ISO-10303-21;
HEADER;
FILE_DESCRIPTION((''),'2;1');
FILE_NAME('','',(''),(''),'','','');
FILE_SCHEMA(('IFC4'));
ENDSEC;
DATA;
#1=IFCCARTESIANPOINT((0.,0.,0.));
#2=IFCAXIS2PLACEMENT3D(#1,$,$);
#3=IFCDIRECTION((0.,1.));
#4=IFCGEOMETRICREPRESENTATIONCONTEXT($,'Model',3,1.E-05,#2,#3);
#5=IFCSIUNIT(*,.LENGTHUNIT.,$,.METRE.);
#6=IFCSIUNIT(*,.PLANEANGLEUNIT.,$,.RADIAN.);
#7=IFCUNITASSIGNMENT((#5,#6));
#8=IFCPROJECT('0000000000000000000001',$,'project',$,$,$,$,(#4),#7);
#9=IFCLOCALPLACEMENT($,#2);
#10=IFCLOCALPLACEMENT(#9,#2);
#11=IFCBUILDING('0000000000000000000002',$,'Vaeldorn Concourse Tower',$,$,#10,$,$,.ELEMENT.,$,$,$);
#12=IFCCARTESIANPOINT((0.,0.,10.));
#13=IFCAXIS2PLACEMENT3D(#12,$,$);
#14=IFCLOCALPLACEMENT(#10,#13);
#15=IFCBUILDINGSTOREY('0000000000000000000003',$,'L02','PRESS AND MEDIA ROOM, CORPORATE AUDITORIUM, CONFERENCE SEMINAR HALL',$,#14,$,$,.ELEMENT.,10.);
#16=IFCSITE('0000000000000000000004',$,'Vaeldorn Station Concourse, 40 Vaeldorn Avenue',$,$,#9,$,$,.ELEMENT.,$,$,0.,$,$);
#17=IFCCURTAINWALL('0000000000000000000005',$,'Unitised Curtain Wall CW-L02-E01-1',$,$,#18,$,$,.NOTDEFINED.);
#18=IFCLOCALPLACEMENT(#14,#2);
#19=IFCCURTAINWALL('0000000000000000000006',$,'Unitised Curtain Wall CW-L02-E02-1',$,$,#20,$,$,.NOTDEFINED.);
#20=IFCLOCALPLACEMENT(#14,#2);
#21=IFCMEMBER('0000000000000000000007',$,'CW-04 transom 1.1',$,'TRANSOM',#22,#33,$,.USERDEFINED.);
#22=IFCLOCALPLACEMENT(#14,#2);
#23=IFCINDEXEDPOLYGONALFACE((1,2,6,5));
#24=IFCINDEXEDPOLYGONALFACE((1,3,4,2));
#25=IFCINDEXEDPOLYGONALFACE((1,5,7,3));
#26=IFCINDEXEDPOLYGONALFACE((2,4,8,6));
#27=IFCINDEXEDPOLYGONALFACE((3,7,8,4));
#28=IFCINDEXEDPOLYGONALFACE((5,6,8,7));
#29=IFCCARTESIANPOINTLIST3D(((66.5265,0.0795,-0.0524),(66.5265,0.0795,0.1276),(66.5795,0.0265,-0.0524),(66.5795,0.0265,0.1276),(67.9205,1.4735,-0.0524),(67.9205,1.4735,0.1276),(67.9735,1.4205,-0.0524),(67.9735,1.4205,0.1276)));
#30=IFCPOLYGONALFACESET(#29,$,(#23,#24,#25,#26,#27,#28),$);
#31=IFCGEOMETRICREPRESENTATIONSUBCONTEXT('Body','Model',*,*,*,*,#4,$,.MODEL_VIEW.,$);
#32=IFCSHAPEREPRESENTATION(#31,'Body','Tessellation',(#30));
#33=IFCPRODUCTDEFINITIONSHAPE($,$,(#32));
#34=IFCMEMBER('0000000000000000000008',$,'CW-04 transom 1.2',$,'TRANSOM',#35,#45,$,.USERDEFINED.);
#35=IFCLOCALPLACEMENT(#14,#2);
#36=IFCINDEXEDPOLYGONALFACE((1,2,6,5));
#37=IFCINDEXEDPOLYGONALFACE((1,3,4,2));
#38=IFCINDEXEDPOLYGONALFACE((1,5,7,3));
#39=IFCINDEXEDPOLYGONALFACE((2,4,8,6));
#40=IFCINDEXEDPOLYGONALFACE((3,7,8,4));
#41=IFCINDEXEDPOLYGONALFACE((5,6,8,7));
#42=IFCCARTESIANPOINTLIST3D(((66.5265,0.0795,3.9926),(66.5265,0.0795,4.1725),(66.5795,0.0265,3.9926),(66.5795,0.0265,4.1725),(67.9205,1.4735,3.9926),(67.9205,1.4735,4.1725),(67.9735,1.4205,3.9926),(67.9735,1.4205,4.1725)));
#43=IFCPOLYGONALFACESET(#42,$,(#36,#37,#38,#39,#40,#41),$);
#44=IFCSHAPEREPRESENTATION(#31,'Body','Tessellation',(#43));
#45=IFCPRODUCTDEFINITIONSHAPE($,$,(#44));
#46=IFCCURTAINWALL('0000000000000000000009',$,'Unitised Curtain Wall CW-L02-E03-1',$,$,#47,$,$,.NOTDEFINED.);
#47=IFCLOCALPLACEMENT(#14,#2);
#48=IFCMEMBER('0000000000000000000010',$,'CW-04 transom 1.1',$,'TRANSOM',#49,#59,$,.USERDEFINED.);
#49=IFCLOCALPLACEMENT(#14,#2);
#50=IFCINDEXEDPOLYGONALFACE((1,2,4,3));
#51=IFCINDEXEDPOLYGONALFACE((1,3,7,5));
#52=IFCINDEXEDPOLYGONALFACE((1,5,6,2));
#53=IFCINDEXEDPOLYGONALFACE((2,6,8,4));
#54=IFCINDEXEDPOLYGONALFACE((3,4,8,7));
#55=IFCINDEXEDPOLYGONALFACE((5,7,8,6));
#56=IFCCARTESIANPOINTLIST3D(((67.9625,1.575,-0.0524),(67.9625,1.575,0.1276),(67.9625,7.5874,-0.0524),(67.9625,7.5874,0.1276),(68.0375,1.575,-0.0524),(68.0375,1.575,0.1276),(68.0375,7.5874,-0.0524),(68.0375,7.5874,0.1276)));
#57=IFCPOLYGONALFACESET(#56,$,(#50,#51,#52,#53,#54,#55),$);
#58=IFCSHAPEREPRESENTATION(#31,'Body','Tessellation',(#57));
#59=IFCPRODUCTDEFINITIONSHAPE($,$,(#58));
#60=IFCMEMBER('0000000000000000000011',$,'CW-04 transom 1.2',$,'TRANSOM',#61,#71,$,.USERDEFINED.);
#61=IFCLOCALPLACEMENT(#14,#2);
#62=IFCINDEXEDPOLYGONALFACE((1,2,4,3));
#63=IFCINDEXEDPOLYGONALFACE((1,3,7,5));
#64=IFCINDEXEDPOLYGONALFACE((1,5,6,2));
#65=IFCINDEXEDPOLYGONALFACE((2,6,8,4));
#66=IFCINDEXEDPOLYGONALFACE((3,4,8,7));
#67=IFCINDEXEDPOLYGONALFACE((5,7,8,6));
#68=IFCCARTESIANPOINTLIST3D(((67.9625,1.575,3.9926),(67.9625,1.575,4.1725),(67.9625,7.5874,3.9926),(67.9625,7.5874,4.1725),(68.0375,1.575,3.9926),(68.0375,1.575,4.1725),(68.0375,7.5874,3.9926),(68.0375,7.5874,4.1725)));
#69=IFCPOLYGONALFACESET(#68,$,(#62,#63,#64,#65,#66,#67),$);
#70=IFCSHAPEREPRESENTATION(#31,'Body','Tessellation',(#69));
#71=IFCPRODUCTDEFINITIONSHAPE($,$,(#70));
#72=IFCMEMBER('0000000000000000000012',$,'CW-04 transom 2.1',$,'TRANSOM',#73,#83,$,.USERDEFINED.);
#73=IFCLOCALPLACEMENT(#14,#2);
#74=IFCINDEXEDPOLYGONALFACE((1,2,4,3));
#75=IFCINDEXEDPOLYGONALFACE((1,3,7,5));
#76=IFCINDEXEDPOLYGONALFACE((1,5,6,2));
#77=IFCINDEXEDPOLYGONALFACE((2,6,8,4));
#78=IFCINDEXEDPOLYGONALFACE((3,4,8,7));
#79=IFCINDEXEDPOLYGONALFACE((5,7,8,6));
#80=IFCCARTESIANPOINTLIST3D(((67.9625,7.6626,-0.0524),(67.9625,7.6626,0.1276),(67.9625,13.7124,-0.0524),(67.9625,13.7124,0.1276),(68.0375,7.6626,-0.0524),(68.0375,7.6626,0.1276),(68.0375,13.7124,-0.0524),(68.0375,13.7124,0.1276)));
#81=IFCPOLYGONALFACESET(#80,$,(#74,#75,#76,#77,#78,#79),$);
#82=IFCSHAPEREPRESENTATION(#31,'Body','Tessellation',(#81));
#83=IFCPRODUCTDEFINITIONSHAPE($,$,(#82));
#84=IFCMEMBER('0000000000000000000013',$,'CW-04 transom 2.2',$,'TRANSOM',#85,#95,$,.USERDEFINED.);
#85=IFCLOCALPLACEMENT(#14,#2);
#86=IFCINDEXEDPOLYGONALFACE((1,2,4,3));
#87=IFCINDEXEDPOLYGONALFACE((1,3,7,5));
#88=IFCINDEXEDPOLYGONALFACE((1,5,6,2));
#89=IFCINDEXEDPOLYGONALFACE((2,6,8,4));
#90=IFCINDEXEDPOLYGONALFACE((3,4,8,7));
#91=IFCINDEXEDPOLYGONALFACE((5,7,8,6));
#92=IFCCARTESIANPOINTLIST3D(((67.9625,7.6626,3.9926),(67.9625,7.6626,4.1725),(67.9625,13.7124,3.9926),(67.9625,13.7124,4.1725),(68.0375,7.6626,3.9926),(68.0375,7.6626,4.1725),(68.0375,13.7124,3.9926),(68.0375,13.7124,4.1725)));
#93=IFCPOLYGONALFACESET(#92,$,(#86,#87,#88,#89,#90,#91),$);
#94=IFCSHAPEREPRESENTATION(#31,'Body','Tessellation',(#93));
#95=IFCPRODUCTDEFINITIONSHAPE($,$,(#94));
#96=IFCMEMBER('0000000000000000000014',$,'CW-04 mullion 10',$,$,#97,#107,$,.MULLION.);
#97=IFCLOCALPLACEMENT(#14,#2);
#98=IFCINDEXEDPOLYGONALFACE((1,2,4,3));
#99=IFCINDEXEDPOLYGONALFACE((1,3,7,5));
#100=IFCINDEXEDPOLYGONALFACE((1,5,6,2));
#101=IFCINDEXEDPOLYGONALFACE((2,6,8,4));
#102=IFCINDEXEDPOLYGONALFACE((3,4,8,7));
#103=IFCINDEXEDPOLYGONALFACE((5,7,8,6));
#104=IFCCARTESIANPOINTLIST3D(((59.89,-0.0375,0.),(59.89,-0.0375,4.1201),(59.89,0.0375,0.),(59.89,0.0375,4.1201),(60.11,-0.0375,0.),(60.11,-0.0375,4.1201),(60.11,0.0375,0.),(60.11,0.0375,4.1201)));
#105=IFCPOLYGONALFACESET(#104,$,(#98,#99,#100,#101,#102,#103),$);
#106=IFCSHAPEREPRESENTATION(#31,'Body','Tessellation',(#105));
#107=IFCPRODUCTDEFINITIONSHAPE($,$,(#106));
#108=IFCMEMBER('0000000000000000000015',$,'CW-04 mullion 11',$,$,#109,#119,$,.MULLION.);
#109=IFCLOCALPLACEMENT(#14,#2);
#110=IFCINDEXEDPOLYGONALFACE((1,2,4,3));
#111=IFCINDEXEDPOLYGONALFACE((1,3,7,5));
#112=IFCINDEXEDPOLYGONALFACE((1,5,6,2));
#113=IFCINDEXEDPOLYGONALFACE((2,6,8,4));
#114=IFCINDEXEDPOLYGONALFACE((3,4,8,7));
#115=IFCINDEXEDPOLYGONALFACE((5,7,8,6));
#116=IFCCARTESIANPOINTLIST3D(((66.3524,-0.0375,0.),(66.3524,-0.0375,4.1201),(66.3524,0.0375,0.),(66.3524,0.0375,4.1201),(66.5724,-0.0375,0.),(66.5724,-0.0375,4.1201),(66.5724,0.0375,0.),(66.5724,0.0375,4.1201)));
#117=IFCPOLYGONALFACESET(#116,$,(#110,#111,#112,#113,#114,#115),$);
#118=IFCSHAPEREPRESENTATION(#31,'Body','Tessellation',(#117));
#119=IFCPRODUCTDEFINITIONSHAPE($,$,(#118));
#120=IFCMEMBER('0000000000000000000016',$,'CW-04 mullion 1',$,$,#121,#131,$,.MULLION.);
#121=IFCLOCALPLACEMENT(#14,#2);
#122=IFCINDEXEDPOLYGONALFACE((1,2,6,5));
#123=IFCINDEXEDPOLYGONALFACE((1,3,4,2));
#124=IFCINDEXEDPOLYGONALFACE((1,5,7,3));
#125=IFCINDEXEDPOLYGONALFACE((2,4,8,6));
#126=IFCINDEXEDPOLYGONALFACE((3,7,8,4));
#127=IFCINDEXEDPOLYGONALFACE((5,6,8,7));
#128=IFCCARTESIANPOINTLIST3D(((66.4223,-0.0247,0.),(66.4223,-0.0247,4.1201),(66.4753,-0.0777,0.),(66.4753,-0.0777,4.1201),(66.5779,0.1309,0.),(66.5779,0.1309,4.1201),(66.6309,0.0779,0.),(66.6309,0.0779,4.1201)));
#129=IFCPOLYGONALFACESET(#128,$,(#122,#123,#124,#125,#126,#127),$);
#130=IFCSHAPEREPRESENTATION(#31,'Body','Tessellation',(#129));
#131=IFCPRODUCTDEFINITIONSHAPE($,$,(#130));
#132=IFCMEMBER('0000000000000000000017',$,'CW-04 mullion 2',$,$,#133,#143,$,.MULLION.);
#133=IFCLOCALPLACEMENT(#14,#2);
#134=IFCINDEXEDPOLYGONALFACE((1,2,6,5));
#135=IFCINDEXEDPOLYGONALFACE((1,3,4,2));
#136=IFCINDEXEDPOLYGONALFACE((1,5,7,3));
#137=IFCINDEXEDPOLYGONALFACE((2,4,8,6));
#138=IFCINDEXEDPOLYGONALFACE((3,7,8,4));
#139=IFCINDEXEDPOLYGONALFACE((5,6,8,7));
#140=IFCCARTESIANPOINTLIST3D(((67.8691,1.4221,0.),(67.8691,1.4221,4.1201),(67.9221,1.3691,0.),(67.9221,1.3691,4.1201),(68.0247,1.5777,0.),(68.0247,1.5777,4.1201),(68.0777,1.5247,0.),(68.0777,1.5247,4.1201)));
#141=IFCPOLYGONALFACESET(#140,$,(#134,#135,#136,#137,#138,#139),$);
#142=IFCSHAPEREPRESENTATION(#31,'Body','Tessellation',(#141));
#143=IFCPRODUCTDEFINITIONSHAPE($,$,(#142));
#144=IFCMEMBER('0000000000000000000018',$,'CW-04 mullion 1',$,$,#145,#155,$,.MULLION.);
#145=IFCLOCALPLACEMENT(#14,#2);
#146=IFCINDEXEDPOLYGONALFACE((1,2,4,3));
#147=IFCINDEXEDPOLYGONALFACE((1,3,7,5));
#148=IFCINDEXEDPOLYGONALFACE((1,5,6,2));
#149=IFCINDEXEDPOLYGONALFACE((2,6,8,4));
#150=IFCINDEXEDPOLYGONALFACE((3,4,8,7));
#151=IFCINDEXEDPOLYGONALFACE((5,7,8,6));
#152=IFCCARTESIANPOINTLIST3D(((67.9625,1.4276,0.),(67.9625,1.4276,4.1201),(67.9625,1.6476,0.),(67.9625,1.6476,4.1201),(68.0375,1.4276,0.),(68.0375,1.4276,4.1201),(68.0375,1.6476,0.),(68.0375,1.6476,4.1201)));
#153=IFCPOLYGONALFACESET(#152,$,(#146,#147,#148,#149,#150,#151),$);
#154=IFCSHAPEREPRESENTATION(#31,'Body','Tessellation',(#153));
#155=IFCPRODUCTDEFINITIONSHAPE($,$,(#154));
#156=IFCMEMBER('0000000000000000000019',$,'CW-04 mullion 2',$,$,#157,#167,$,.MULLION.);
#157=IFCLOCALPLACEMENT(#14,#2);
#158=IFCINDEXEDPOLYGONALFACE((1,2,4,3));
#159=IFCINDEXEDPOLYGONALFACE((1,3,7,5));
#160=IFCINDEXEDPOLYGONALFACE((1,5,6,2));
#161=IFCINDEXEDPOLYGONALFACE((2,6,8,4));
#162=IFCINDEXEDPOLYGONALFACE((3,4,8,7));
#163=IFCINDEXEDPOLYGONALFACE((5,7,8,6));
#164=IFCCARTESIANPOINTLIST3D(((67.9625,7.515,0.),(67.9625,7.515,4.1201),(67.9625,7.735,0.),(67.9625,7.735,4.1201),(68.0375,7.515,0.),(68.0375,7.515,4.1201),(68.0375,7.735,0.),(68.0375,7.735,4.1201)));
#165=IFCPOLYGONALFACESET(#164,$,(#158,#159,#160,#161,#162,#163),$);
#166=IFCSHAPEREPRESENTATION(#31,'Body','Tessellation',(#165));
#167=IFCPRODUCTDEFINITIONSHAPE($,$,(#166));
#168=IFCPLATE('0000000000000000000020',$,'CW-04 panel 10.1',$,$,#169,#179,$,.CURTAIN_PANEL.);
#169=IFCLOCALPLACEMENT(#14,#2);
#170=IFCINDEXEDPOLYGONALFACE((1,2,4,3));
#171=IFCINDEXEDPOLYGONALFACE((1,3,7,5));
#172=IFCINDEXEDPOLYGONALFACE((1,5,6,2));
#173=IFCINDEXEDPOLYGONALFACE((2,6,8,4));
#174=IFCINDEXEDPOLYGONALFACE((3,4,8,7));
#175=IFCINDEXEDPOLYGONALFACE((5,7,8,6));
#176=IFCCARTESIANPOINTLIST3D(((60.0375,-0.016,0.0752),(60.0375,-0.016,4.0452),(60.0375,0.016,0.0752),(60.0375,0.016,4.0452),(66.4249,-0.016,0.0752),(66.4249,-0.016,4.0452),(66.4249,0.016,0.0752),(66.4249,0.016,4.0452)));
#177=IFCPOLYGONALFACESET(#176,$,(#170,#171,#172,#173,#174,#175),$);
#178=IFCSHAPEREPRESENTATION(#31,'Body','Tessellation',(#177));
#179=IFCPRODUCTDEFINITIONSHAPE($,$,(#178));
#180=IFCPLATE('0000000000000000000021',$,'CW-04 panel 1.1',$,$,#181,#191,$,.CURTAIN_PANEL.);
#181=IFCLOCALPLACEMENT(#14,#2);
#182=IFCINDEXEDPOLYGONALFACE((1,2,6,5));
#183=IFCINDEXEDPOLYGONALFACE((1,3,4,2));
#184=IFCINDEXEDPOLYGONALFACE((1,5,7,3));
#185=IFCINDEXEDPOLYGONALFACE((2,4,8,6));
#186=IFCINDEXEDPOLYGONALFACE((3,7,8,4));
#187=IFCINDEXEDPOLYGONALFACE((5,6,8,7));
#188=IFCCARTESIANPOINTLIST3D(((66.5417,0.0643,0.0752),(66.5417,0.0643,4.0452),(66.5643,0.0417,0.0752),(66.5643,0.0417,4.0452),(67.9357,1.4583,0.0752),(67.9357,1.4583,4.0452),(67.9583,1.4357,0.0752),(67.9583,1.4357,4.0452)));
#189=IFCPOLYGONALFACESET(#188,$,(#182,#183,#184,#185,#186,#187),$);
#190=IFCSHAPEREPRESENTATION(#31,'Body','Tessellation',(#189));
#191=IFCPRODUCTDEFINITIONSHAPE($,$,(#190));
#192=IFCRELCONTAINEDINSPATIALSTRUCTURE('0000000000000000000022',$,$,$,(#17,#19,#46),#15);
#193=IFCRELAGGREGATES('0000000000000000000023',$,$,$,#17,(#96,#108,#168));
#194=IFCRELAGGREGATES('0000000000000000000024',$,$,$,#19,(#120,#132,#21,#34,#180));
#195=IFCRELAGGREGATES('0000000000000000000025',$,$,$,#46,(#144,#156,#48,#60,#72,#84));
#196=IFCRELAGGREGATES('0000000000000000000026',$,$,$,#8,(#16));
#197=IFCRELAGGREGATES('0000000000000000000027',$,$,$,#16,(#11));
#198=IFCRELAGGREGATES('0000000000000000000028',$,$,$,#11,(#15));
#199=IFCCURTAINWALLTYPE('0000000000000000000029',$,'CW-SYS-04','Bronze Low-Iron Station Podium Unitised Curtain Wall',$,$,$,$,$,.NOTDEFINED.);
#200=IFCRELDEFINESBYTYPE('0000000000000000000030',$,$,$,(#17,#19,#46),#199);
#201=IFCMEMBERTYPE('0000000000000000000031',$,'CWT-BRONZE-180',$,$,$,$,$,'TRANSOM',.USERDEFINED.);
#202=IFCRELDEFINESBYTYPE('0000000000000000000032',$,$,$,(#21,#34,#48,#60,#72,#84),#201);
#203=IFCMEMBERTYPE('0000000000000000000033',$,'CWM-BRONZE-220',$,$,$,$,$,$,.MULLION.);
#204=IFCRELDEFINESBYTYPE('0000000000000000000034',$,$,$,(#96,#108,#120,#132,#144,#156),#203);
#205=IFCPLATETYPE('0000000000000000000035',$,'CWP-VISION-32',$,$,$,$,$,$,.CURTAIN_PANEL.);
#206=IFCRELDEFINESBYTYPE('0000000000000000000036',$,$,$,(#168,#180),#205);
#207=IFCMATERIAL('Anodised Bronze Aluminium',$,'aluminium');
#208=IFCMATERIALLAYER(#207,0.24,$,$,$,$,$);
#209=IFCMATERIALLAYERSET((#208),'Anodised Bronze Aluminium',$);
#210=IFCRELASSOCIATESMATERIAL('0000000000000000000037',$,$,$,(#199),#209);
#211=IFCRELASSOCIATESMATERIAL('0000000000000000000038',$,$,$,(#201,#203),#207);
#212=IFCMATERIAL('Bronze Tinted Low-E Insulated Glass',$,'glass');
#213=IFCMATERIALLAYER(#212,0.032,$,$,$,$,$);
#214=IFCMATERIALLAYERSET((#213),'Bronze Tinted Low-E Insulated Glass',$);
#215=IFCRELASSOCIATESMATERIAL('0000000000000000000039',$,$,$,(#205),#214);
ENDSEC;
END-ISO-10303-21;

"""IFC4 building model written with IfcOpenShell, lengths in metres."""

from ifc_helpers import new_model, si_unit, direction, frame, origin, origin_2d, place, context, subcontext, project, spatial, rectangle, extrude, source, transform, mapped, material, layer, layer_set, material_profile, profile_set, type_object, element, aggregate, save


model = new_model("IFC4")

# Units and contexts
model_context = context("Model", 3, precision=1e-05, world=origin(), true_north=direction((0.0, 1.0)))
body_context = subcontext(model_context, "Body", "Model", "MODEL_VIEW")
ifc_project = project(units=[si_unit("LENGTHUNIT", "METRE"), si_unit("PLANEANGLEUNIT", "RADIAN")], contexts=[model_context])

# Site, building, storey
site_placement = place(None, origin())
site = spatial("IfcSite", under=ifc_project, at=site_placement, Name="Vaeldorn Station Concourse, 40 Vaeldorn Avenue", CompositionType="ELEMENT", RefElevation=0.0)
building_placement = place(site_placement, origin())
building = spatial("IfcBuilding", under=site, at=building_placement, Name="Vaeldorn Concourse Tower", CompositionType="ELEMENT")
storey_placement = place(building_placement, frame((0.0, 0.0, 10.0)))
storey = spatial("IfcBuildingStorey", under=building, at=storey_placement, Name="L02", Description="PRESS AND MEDIA ROOM, CORPORATE AUDITORIUM, CONFERENCE SEMINAR HALL", CompositionType="ELEMENT", Elevation=10.0)

# Curtain walls, members
ifc_material_1 = material(Name="Anodised Bronze Aluminium", Category="aluminium")
ifc_layer_1 = layer(ifc_material_1, 0.24)
ifc_layer_set_1 = layer_set([ifc_layer_1], Name="Anodised Bronze Aluminium")
curtain_wall_type = type_object("IfcCurtainWallType", Name="CW-SYS-04", Description="Bronze Low-Iron Station Podium Unitised Curtain Wall", PredefinedType="NOTDEFINED", material=ifc_layer_set_1)
curtain_wall_1_placement = place(storey_placement, origin())
curtain_wall_1 = element("IfcCurtainWall", 1, at=curtain_wall_1_placement, inside=storey, type_object=curtain_wall_type, Name="Unitised Curtain Wall CW-L02-E01-1", PredefinedType="NOTDEFINED")
ifc_material_profile_1 = material_profile(ifc_material_1, rectangle(XDim=0.075, YDim=0.1799, at=origin_2d()), Name="CWT 75x180")
ifc_profile_set_1 = profile_set([ifc_material_profile_1], Name="Anodised Bronze Aluminium")
member_type_1 = type_object("IfcMemberType", Name="CWT-BRONZE-180", ElementType="TRANSOM", PredefinedType="USERDEFINED", material=ifc_profile_set_1)
curtain_wall_2_placement = place(storey_placement, origin())
curtain_wall_2 = element("IfcCurtainWall", 2, at=curtain_wall_2_placement, inside=storey, type_object=curtain_wall_type, Name="Unitised Curtain Wall CW-L02-E02-1", PredefinedType="NOTDEFINED")
shared_shape_1 = source(origin(), body_context, "Body", "SweptSolid", [
    extrude(rectangle(XDim=0.075, YDim=0.1799, at=origin_2d()), origin(), (0.0, 0.0, 1.0), 1.9714),
])
member_1_placement = place(storey_placement, frame((66.553, 0.053, 0.0376), z_axis=(0.707107, 0.707107, 0.0), x_axis=(-0.707107, 0.707107, 0.0)))
member_1 = element("IfcMember", 3, at=member_1_placement, type_object=member_type_1, Name="CW-04 transom 1.1", ObjectType="TRANSOM", PredefinedType="USERDEFINED", context=body_context, shape_type="MappedRepresentation", body=[
    mapped(shared_shape_1, transform((0.0, 0.0, 0.0), scale=1.0)),
])
member_2_placement = place(storey_placement, frame((66.553, 0.053, 4.0825), z_axis=(0.707107, 0.707107, 0.0), x_axis=(-0.707107, 0.707107, 0.0)))
member_2 = element("IfcMember", 4, at=member_2_placement, type_object=member_type_1, Name="CW-04 transom 1.2", ObjectType="TRANSOM", PredefinedType="USERDEFINED", context=body_context, shape_type="MappedRepresentation", body=[
    mapped(shared_shape_1, transform((0.0, 0.0, 0.0), scale=1.0)),
])
curtain_wall_3_placement = place(storey_placement, origin())
curtain_wall_3 = element("IfcCurtainWall", 5, at=curtain_wall_3_placement, inside=storey, type_object=curtain_wall_type, Name="Unitised Curtain Wall CW-L02-E03-1", PredefinedType="NOTDEFINED")
shared_shape_2 = source(origin(), body_context, "Body", "SweptSolid", [
    extrude(rectangle(XDim=0.075, YDim=0.1799, at=origin_2d()), origin(), (0.0, 0.0, 1.0), 6.0125),
])
member_3_placement = place(storey_placement, frame((68.0, 1.575, 0.0376), z_axis=(0.0, 1.0, 0.0), x_axis=(-1.0, 0.0, 0.0)))
member_3 = element("IfcMember", 6, at=member_3_placement, type_object=member_type_1, Name="CW-04 transom 1.1", ObjectType="TRANSOM", PredefinedType="USERDEFINED", context=body_context, shape_type="MappedRepresentation", body=[
    mapped(shared_shape_2, transform((0.0, 0.0, 0.0), scale=1.0)),
])
member_4_placement = place(storey_placement, frame((68.0, 1.575, 4.0825), z_axis=(0.0, 1.0, 0.0), x_axis=(-1.0, 0.0, 0.0)))
member_4 = element("IfcMember", 7, at=member_4_placement, type_object=member_type_1, Name="CW-04 transom 1.2", ObjectType="TRANSOM", PredefinedType="USERDEFINED", context=body_context, shape_type="MappedRepresentation", body=[
    mapped(shared_shape_2, transform((0.0, 0.0, 0.0), scale=1.0)),
])
shared_shape_3 = source(origin(), body_context, "Body", "SweptSolid", [
    extrude(rectangle(XDim=0.075, YDim=0.1799, at=origin_2d()), origin(), (0.0, 0.0, 1.0), 6.0498),
])
member_5_placement = place(storey_placement, frame((68.0, 7.6626, 0.0376), z_axis=(0.0, 1.0, 0.0), x_axis=(-1.0, 0.0, 0.0)))
member_5 = element("IfcMember", 8, at=member_5_placement, type_object=member_type_1, Name="CW-04 transom 2.1", ObjectType="TRANSOM", PredefinedType="USERDEFINED", context=body_context, shape_type="MappedRepresentation", body=[
    mapped(shared_shape_3, transform((0.0, 0.0, 0.0), scale=1.0)),
])
member_6_placement = place(storey_placement, frame((68.0, 7.6626, 4.0825), z_axis=(0.0, 1.0, 0.0), x_axis=(-1.0, 0.0, 0.0)))
member_6 = element("IfcMember", 9, at=member_6_placement, type_object=member_type_1, Name="CW-04 transom 2.2", ObjectType="TRANSOM", PredefinedType="USERDEFINED", context=body_context, shape_type="MappedRepresentation", body=[
    mapped(shared_shape_3, transform((0.0, 0.0, 0.0), scale=1.0)),
])

# Members
ifc_material_profile_2 = material_profile(ifc_material_1, rectangle(XDim=0.075, YDim=0.22, at=origin_2d()), Name="CWM 75x220")
ifc_profile_set_2 = profile_set([ifc_material_profile_2], Name="Anodised Bronze Aluminium")
member_type_2 = type_object("IfcMemberType", Name="CWM-BRONZE-220", PredefinedType="MULLION", material=ifc_profile_set_2)
shared_shape_4 = source(origin(), body_context, "Body", "SweptSolid", [
    extrude(rectangle(XDim=0.075, YDim=0.22, at=origin_2d()), origin(), (0.0, 0.0, 1.0), 4.1201),
])
member_7_placement = place(storey_placement, frame((60.0, 0.0, 0.0), z_axis=(0.0, 0.0, 1.0), x_axis=(0.0, 1.0, 0.0)))
member_7 = element("IfcMember", 10, at=member_7_placement, type_object=member_type_2, Name="CW-04 mullion 10", PredefinedType="MULLION", context=body_context, shape_type="MappedRepresentation", body=[
    mapped(shared_shape_4, transform((0.0, 0.0, 0.0), scale=1.0)),
])
member_8_placement = place(storey_placement, frame((66.4624, 0.0, 0.0), z_axis=(0.0, 0.0, 1.0), x_axis=(0.0, 1.0, 0.0)))
member_8 = element("IfcMember", 11, at=member_8_placement, type_object=member_type_2, Name="CW-04 mullion 11", PredefinedType="MULLION", context=body_context, shape_type="MappedRepresentation", body=[
    mapped(shared_shape_4, transform((0.0, 0.0, 0.0), scale=1.0)),
])
member_9_placement = place(storey_placement, frame((66.5266, 0.0266, 0.0), z_axis=(0.0, 0.0, 1.0), x_axis=(-0.707107, 0.707107, 0.0)))
member_9 = element("IfcMember", 12, at=member_9_placement, type_object=member_type_2, Name="CW-04 mullion 1", PredefinedType="MULLION", context=body_context, shape_type="MappedRepresentation", body=[
    mapped(shared_shape_4, transform((0.0, 0.0, 0.0), scale=1.0)),
])
member_10_placement = place(storey_placement, frame((67.9734, 1.4734, 0.0), z_axis=(0.0, 0.0, 1.0), x_axis=(-0.707107, 0.707107, 0.0)))
member_10 = element("IfcMember", 13, at=member_10_placement, type_object=member_type_2, Name="CW-04 mullion 2", PredefinedType="MULLION", context=body_context, shape_type="MappedRepresentation", body=[
    mapped(shared_shape_4, transform((0.0, 0.0, 0.0), scale=1.0)),
])
member_11_placement = place(storey_placement, frame((68.0, 1.5376, 0.0), z_axis=(0.0, 0.0, 1.0), x_axis=(-1.0, 0.0, 0.0)))
member_11 = element("IfcMember", 14, at=member_11_placement, type_object=member_type_2, Name="CW-04 mullion 1", PredefinedType="MULLION", context=body_context, shape_type="MappedRepresentation", body=[
    mapped(shared_shape_4, transform((0.0, 0.0, 0.0), scale=1.0)),
])
member_12_placement = place(storey_placement, frame((68.0, 7.625, 0.0), z_axis=(0.0, 0.0, 1.0), x_axis=(-1.0, 0.0, 0.0)))
member_12 = element("IfcMember", 15, at=member_12_placement, type_object=member_type_2, Name="CW-04 mullion 2", PredefinedType="MULLION", context=body_context, shape_type="MappedRepresentation", body=[
    mapped(shared_shape_4, transform((0.0, 0.0, 0.0), scale=1.0)),
])

# Plates
ifc_material_2 = material(Name="Bronze Tinted Low-E Insulated Glass", Category="glass")
ifc_layer_2 = layer(ifc_material_2, 0.032)
ifc_layer_set_2 = layer_set([ifc_layer_2], Name="Bronze Tinted Low-E Insulated Glass")
plate_type = type_object("IfcPlateType", Name="CWP-VISION-32", PredefinedType="CURTAIN_PANEL", material=ifc_layer_set_2)
shared_shape_5 = source(origin(), body_context, "Body", "SweptSolid", [
    extrude(rectangle(XDim=6.3875, YDim=0.032, at=origin_2d()), origin(), (0.0, 0.0, 1.0), 3.97),
])
plate_1_placement = place(storey_placement, frame((63.2312, 0.0, 0.0752), z_axis=(0.0, 0.0, 1.0), x_axis=(1.0, 0.0, 0.0)))
plate_1 = element("IfcPlate", 16, at=plate_1_placement, type_object=plate_type, Name="CW-04 panel 10.1", PredefinedType="CURTAIN_PANEL", context=body_context, shape_type="MappedRepresentation", body=[
    mapped(shared_shape_5, transform((0.0, 0.0, 0.0), scale=1.0)),
])
aggregate(curtain_wall_1, [member_7, member_8, plate_1])
shared_shape_6 = source(origin(), body_context, "Body", "SweptSolid", [
    extrude(rectangle(XDim=1.9714, YDim=0.032, at=origin_2d()), origin(), (0.0, 0.0, 1.0), 3.97),
])
plate_2_placement = place(storey_placement, frame((67.25, 0.75, 0.0752), z_axis=(0.0, 0.0, 1.0), x_axis=(0.707107, 0.707107, 0.0)))
plate_2 = element("IfcPlate", 17, at=plate_2_placement, type_object=plate_type, Name="CW-04 panel 1.1", PredefinedType="CURTAIN_PANEL", context=body_context, shape_type="MappedRepresentation", body=[
    mapped(shared_shape_6, transform((0.0, 0.0, 0.0), scale=1.0)),
])
aggregate(curtain_wall_2, [member_9, member_10, member_1, member_2, plate_2])
aggregate(curtain_wall_3, [member_11, member_12, member_3, member_4, member_5, member_6])

save(model, "model.ifc")
